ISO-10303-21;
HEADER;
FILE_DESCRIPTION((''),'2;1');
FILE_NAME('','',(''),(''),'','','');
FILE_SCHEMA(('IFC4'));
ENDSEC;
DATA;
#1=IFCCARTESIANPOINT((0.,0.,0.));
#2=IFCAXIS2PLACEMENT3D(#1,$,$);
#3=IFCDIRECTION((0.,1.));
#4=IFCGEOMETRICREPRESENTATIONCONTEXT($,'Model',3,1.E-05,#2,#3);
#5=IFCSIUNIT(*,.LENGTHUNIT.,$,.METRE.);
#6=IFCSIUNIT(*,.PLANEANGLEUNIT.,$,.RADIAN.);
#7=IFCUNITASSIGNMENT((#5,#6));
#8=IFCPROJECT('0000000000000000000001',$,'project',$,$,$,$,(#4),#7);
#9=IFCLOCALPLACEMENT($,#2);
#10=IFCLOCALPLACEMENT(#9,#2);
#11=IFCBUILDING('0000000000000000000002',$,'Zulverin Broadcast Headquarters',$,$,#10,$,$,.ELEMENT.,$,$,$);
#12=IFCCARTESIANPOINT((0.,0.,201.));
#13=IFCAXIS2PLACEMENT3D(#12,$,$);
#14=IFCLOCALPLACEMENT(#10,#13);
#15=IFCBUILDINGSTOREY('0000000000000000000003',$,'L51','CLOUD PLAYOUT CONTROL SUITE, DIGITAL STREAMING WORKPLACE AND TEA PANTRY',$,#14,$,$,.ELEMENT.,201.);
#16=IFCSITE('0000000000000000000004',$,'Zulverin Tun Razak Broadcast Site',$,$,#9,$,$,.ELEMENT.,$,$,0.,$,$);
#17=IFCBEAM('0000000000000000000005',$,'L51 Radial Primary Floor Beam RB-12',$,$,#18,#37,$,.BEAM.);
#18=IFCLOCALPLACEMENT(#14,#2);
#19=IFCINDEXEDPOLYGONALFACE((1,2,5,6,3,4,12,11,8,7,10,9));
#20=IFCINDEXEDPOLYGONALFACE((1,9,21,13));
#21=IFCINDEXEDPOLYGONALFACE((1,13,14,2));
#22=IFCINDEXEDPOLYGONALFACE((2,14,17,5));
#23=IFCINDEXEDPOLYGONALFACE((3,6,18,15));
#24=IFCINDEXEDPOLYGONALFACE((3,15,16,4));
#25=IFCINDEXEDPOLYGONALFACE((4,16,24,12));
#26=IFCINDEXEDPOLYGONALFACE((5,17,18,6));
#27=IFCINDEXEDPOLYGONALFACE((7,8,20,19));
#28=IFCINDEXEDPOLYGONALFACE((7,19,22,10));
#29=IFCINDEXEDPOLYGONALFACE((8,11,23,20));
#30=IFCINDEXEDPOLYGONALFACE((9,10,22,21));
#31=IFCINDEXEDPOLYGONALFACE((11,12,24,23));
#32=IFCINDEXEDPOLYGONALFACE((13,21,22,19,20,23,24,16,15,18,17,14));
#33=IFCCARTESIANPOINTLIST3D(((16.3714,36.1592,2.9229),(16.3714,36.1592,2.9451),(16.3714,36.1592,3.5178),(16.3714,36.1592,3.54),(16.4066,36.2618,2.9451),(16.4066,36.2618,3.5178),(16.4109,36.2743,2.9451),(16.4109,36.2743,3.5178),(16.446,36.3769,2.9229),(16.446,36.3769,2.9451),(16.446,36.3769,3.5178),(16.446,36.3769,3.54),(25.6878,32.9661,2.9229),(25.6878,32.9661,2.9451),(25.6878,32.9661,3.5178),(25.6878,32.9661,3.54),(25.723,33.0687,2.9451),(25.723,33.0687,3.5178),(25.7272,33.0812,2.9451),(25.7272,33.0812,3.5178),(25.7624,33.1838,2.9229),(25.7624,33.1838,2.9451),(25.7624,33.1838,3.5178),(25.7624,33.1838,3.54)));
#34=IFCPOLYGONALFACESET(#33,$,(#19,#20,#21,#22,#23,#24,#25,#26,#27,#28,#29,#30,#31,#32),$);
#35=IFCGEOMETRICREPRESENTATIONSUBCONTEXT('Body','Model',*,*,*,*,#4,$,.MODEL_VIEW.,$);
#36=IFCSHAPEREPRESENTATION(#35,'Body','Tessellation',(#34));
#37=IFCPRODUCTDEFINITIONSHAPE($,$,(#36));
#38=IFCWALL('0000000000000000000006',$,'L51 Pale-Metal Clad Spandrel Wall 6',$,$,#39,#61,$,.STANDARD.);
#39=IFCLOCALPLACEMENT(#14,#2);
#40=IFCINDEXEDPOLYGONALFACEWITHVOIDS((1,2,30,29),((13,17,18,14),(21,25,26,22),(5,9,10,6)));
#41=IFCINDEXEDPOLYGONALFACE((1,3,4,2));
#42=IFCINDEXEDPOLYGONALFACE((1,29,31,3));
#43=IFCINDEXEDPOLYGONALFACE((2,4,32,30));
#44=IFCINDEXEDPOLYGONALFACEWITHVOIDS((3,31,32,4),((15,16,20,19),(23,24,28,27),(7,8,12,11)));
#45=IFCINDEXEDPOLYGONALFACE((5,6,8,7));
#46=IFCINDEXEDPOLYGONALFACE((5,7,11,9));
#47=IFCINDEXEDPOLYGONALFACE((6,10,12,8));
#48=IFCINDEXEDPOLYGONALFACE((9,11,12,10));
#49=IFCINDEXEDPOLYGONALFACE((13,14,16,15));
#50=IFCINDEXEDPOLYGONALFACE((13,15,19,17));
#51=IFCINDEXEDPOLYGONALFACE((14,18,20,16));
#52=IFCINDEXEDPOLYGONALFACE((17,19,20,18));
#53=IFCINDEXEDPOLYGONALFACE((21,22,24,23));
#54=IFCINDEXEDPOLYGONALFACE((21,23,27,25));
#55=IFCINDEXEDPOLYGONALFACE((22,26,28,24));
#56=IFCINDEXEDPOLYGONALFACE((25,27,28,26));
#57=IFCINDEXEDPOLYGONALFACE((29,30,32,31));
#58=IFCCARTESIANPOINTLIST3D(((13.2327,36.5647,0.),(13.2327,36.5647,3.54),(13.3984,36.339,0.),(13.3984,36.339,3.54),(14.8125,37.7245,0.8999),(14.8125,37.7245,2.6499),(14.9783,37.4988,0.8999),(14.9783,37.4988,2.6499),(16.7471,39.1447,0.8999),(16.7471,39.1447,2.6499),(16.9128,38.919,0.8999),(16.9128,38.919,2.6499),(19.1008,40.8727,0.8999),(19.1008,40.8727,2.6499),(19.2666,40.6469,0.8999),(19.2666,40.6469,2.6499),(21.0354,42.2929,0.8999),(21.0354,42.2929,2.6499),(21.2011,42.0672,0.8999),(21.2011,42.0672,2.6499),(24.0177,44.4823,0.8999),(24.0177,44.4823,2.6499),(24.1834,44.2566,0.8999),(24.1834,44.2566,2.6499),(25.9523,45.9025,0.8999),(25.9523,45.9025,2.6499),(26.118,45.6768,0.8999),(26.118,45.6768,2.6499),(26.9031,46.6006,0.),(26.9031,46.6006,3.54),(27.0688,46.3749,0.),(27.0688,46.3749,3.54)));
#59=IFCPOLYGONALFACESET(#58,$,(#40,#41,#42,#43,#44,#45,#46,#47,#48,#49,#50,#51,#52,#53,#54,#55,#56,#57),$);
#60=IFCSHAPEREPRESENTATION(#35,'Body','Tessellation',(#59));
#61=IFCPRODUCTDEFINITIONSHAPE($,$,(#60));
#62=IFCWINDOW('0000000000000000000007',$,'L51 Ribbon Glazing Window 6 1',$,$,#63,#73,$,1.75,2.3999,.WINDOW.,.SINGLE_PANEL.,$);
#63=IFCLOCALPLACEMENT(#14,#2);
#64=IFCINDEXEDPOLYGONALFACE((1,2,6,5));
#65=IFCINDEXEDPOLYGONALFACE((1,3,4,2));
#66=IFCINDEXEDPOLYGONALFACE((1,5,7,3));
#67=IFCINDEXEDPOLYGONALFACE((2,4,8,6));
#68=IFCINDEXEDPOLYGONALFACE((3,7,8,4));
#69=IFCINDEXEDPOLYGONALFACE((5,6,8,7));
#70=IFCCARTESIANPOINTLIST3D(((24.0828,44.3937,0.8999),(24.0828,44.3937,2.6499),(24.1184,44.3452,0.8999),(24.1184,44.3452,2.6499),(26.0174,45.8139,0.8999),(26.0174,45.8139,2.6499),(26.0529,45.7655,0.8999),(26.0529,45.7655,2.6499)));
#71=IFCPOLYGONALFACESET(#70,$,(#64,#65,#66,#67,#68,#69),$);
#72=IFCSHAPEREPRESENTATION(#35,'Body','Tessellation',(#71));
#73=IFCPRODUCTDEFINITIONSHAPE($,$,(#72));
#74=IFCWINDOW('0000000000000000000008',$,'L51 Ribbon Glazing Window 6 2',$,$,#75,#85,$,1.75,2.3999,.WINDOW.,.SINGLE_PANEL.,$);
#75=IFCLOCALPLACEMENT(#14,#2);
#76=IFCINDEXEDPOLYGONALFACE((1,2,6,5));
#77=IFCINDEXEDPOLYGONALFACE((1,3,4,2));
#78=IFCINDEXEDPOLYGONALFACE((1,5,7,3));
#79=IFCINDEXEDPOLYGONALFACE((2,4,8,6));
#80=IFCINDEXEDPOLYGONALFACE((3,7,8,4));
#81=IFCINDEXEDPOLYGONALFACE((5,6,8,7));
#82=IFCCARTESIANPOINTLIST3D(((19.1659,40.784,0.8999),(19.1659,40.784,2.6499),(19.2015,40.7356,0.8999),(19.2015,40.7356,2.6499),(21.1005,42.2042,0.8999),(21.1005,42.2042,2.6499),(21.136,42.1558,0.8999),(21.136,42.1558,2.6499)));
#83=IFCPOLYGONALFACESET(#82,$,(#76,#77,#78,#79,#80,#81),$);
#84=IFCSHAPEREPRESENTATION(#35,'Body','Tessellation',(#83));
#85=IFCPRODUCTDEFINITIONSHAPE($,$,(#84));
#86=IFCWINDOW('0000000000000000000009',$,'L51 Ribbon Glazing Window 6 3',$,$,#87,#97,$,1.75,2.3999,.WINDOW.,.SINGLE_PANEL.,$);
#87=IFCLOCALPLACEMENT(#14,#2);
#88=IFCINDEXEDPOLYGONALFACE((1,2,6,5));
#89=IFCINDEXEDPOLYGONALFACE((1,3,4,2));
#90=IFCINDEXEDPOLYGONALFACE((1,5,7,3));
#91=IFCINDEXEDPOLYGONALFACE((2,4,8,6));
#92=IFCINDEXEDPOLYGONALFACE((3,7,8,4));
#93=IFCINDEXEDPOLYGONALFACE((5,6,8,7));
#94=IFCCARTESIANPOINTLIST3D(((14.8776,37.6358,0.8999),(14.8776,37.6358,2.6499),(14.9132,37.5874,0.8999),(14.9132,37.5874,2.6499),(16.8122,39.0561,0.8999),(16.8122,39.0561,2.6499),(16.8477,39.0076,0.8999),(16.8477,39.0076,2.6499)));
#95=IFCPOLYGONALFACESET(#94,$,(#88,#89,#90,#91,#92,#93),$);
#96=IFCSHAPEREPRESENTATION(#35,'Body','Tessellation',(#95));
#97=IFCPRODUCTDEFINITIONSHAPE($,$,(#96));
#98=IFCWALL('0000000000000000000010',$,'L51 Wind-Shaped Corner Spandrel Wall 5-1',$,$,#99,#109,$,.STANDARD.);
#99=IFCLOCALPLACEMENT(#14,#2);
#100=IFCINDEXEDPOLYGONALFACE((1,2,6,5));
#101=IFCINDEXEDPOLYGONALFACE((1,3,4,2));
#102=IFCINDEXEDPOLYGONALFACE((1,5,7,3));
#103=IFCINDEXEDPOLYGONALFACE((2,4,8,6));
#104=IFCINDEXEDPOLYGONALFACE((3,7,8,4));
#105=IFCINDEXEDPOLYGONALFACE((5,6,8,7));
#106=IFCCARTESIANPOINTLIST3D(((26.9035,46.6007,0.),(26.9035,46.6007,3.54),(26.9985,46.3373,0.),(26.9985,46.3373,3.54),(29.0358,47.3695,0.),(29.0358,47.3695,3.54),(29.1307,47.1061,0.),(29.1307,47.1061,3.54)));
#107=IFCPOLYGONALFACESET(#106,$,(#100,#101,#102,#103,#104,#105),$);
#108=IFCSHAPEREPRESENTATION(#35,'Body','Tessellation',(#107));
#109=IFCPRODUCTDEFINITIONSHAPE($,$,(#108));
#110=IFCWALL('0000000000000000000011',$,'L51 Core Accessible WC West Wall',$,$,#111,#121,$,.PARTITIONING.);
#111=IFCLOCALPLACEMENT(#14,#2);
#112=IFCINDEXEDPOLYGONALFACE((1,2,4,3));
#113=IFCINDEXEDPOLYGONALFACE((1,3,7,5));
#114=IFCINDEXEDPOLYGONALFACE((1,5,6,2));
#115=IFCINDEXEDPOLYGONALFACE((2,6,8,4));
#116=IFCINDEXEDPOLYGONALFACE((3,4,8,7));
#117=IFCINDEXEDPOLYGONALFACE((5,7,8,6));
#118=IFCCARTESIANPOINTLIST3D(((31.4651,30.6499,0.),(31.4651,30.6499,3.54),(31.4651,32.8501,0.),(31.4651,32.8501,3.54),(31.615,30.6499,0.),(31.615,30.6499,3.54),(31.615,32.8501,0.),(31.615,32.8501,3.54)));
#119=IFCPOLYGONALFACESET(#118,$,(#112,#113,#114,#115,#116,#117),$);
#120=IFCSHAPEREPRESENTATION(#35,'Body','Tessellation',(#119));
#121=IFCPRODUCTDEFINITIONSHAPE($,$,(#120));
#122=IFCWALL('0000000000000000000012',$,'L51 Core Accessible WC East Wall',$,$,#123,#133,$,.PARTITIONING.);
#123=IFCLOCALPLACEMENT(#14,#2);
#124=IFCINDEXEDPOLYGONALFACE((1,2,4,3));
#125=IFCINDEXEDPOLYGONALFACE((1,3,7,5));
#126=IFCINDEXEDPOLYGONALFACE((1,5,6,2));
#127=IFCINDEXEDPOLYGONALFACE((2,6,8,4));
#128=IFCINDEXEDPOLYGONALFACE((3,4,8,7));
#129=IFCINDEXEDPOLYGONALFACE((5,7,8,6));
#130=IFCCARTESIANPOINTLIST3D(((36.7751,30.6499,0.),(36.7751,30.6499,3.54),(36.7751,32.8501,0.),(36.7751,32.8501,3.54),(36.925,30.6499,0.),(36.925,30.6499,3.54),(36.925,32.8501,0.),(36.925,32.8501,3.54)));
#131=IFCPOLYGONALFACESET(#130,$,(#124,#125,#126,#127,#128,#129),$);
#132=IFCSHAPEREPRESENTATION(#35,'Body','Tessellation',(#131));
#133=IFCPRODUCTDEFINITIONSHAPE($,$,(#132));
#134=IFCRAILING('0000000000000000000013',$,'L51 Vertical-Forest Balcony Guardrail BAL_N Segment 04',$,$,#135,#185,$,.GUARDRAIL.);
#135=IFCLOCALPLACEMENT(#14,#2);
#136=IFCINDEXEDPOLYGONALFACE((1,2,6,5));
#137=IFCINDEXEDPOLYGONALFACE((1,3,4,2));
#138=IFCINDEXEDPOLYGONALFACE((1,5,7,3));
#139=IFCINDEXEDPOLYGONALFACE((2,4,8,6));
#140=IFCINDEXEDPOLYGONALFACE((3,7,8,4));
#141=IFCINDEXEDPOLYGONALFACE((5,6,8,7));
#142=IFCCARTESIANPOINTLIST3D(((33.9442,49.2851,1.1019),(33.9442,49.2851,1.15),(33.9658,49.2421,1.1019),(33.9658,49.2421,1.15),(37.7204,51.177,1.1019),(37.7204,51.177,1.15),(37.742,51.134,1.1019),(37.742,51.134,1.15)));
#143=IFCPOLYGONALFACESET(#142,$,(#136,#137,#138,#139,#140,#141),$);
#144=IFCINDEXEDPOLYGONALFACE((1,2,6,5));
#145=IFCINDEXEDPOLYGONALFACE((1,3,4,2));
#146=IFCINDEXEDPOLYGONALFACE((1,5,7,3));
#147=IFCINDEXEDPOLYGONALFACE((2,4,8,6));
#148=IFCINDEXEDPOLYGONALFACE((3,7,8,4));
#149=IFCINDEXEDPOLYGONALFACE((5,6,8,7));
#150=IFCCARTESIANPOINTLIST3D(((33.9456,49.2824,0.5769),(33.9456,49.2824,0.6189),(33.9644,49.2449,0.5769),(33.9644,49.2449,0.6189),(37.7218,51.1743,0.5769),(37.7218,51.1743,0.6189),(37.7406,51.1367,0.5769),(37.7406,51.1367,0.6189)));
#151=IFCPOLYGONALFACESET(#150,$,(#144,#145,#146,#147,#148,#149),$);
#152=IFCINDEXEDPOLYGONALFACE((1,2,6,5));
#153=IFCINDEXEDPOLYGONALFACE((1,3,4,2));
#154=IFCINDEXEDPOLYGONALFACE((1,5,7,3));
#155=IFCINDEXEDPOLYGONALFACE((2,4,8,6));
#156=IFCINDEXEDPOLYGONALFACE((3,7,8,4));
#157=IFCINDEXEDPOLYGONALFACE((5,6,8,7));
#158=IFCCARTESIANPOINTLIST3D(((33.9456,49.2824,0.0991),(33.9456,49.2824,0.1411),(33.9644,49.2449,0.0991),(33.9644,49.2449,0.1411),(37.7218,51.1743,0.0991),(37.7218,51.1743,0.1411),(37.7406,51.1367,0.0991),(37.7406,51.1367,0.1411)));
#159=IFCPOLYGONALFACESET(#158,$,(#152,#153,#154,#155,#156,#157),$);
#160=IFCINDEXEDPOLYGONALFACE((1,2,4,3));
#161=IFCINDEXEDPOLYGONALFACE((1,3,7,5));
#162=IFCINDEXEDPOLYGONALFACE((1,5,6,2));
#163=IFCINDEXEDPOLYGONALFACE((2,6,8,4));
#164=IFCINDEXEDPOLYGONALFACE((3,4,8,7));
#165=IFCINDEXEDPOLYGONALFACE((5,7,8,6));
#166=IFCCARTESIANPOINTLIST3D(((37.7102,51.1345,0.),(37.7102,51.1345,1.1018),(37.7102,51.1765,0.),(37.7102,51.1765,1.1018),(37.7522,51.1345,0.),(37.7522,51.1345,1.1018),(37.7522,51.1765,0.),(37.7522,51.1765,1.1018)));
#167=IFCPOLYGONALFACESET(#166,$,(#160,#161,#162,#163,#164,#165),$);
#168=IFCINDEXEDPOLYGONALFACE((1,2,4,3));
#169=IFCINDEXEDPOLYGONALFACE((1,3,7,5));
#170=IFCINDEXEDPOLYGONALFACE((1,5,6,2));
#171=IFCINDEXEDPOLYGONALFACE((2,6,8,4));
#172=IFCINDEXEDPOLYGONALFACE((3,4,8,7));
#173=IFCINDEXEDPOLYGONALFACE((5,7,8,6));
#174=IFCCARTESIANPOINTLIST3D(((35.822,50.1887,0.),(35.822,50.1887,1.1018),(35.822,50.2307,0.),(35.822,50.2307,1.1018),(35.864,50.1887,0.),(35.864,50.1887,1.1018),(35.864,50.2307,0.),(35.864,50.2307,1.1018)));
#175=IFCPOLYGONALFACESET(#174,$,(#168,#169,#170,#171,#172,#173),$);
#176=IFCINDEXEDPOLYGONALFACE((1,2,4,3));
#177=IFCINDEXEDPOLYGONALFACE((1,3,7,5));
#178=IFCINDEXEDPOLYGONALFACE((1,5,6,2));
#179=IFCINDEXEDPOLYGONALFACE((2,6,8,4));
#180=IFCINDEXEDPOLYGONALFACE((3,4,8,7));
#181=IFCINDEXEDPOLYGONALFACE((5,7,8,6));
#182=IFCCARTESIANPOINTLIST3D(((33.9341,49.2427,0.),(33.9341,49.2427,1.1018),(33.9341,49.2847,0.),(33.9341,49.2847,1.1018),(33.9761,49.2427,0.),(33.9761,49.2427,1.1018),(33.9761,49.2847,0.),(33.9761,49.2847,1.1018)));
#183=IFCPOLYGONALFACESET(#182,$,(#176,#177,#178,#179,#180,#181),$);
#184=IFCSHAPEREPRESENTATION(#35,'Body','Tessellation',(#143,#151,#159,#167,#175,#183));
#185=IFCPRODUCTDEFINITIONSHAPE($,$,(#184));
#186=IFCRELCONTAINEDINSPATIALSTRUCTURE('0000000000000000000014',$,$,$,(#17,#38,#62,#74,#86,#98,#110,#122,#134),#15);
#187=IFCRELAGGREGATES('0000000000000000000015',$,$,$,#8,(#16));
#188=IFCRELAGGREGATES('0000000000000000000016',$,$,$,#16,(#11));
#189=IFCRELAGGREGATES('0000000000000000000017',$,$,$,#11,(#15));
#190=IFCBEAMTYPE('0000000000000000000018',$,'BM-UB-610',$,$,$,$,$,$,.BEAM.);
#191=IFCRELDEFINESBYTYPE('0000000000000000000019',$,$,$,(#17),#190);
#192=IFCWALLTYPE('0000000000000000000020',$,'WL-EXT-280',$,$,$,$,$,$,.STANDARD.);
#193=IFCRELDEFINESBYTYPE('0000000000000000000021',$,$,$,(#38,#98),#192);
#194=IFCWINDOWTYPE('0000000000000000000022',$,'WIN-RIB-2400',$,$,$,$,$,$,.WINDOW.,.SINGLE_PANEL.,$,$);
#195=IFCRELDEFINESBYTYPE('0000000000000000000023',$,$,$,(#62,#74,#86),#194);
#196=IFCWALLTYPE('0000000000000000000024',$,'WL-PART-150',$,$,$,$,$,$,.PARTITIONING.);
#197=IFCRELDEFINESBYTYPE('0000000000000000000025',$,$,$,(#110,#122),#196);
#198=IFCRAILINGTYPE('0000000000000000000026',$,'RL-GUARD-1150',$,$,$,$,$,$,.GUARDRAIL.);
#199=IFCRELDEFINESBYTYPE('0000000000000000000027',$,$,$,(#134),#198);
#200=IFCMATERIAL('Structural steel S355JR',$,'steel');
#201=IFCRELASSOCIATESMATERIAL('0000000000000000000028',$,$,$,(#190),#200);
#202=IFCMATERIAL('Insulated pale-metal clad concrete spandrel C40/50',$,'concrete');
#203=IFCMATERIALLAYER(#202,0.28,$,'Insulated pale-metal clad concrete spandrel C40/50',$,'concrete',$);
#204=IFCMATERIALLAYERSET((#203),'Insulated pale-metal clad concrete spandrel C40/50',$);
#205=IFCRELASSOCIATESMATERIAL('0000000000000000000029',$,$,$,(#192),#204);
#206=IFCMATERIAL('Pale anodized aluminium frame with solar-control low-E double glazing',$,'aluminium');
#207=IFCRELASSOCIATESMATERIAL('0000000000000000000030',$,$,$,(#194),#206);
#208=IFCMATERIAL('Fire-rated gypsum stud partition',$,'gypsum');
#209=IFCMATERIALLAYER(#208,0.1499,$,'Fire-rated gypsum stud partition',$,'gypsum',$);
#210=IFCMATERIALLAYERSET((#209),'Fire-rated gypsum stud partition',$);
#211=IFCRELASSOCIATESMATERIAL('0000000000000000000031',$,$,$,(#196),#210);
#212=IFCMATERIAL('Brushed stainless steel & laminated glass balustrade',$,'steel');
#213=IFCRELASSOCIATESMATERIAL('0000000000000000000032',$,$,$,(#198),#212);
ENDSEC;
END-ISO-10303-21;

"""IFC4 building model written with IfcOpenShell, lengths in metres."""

from ifc_helpers import new_model, si_unit, direction, frame, frame_2d, origin, origin_2d, place, context, subcontext, project, spatial, rectangle, i_section, extrude, material, layer, layer_set, material_profile, profile_set, type_object, element, fill, save


model = new_model("IFC4")

# Units and contexts
model_context = context("Model", 3, precision=1e-05, world=origin(), true_north=direction((0.0, 1.0)))
body_context = subcontext(model_context, "Body", "Model", "MODEL_VIEW")
ifc_project = project(units=[si_unit("LENGTHUNIT", "METRE"), si_unit("PLANEANGLEUNIT", "RADIAN")], contexts=[model_context])

# Site, building, storey
site_placement = place(None, origin())
site = spatial("IfcSite", under=ifc_project, at=site_placement, Name="Zulverin Tun Razak Broadcast Site", CompositionType="ELEMENT", RefElevation=0.0)
building_placement = place(site_placement, origin())
building = spatial("IfcBuilding", under=site, at=building_placement, Name="Zulverin Broadcast Headquarters", CompositionType="ELEMENT")
storey_placement = place(building_placement, frame((0.0, 0.0, 201.0)))
storey = spatial("IfcBuildingStorey", under=building, at=storey_placement, Name="L51", Description="CLOUD PLAYOUT CONTROL SUITE, DIGITAL STREAMING WORKPLACE AND TEA PANTRY", CompositionType="ELEMENT", Elevation=201.0)

# Beam
ifc_material_1 = material(Name="Structural steel S355JR", Category="steel")
ifc_material_profile_1 = material_profile(ifc_material_1, i_section(OverallWidth=0.2302, OverallDepth=0.6172, WebThickness=0.0132, FlangeThickness=0.0222, at=origin_2d()), Name="Structural steel S355JR", Category="steel")
ifc_profile_set_1 = profile_set([ifc_material_profile_1], Name="Structural steel S355JR")
beam_type_1 = type_object("IfcBeamType", Name="BM-UB-610", PredefinedType="BEAM", material=ifc_profile_set_1)
beam_1_placement = place(storey_placement, frame((25.7251, 33.075, 3.2314), z_axis=(-0.94598, 0.324226, 0.0), x_axis=(-0.324226, -0.94598, 0.0)))
element("IfcBeam", 1, at=beam_1_placement, inside=storey, type_object=beam_type_1, Name="L51 Radial Primary Floor Beam RB-12", PredefinedType="BEAM", context=body_context, shape_type="SweptSolid", body=[
    extrude(i_section(OverallWidth=0.2302, OverallDepth=0.6172, WebThickness=0.0132, FlangeThickness=0.0222, at=origin_2d()), origin(), (0.0, 0.0, 1.0), 9.8484),
])

# Wall, openings, windows
ifc_material_2 = material(Name="Insulated pale-metal clad concrete spandrel C40/50", Category="concrete")
ifc_layer_1 = layer(ifc_material_2, 0.28, Name="Insulated pale-metal clad concrete spandrel C40/50", Category="concrete")
ifc_layer_set_1 = layer_set([ifc_layer_1], Name="Insulated pale-metal clad concrete spandrel C40/50")
wall_type_1 = type_object("IfcWallType", Name="WL-EXT-280", PredefinedType="STANDARD", material=ifc_layer_set_1)
wall_1_placement = place(storey_placement, frame((26.9861, 46.4878, 0.0), z_axis=(0.0, 0.0, 1.0), x_axis=(-0.806098, -0.591782, 0.0)))
wall_1 = element("IfcWall", 2, at=wall_1_placement, inside=storey, type_object=wall_type_1, Name="L51 Pale-Metal Clad Spandrel Wall 6", PredefinedType="STANDARD", context=body_context, shape_type="SweptSolid", body=[
    extrude(rectangle(XDim=16.9587, YDim=0.28, at=frame_2d((8.4795, 0.0))), origin(), (0.0, 0.0, 1.0), 3.54),
])
opening_1_placement = place(wall_1_placement, frame((1.1797, 0.0, 0.8999)))
opening_1 = element("IfcOpeningElement", 3, at=opening_1_placement, cuts=wall_1, PredefinedType="OPENING", context=body_context, shape_type="SweptSolid", body=[
    extrude(rectangle(XDim=2.3999, YDim=1.75, at=frame_2d((1.2, 0.875))), frame((0.0, 0.1499, 0.0), z_axis=(0.0, -1.0, 0.0), x_axis=(1.0, 0.0, 0.0)), (0.0, 0.0, 1.0), 0.3),
])
opening_2_placement = place(wall_1_placement, frame((7.2793, 0.0, 0.8999)))
opening_2 = element("IfcOpeningElement", 4, at=opening_2_placement, cuts=wall_1, PredefinedType="OPENING", context=body_context, shape_type="SweptSolid", body=[
    extrude(rectangle(XDim=2.3999, YDim=1.75, at=frame_2d((1.2, 0.875))), frame((0.0, 0.1499, 0.0), z_axis=(0.0, -1.0, 0.0), x_axis=(1.0, 0.0, 0.0)), (0.0, 0.0, 1.0), 0.3),
])
opening_3_placement = place(wall_1_placement, frame((12.5991, 0.0, 0.8999)))
opening_3 = element("IfcOpeningElement", 5, at=opening_3_placement, cuts=wall_1, PredefinedType="OPENING", context=body_context, shape_type="SweptSolid", body=[
    extrude(rectangle(XDim=2.3999, YDim=1.75, at=frame_2d((1.2, 0.875))), frame((0.0, 0.1499, 0.0), z_axis=(0.0, -1.0, 0.0), x_axis=(1.0, 0.0, 0.0)), (0.0, 0.0, 1.0), 0.3),
])
ifc_material_3 = material(Name="Pale anodized aluminium frame with solar-control low-E double glazing", Category="aluminium")
window_type = type_object("IfcWindowType", Name="WIN-RIB-2400", PartitioningType="SINGLE_PANEL", PredefinedType="WINDOW", material=ifc_material_3)
window_1_placement = place(opening_1_placement, origin())
window_1 = element("IfcWindow", 6, at=window_1_placement, inside=storey, type_object=window_type, Name="L51 Ribbon Glazing Window 6 1", OverallHeight=1.75, OverallWidth=2.3999, PartitioningType="SINGLE_PANEL", PredefinedType="WINDOW", context=body_context, shape_type="SweptSolid", body=[
    extrude(rectangle(XDim=2.3999, YDim=1.75, at=frame_2d((1.2, 0.875))), frame((0.0, 0.03, 0.0), z_axis=(0.0, -1.0, 0.0), x_axis=(1.0, 0.0, 0.0)), (0.0, 0.0, 1.0), 0.0601),
])
fill(opening_1, window_1)
window_2_placement = place(opening_2_placement, origin())
window_2 = element("IfcWindow", 7, at=window_2_placement, inside=storey, type_object=window_type, Name="L51 Ribbon Glazing Window 6 2", OverallHeight=1.75, OverallWidth=2.3999, PartitioningType="SINGLE_PANEL", PredefinedType="WINDOW", context=body_context, shape_type="SweptSolid", body=[
    extrude(rectangle(XDim=2.3999, YDim=1.75, at=frame_2d((1.2, 0.875))), frame((0.0, 0.03, 0.0), z_axis=(0.0, -1.0, 0.0), x_axis=(1.0, 0.0, 0.0)), (0.0, 0.0, 1.0), 0.0601),
])
fill(opening_2, window_2)
window_3_placement = place(opening_3_placement, origin())
window_3 = element("IfcWindow", 8, at=window_3_placement, inside=storey, type_object=window_type, Name="L51 Ribbon Glazing Window 6 3", OverallHeight=1.75, OverallWidth=2.3999, PartitioningType="SINGLE_PANEL", PredefinedType="WINDOW", context=body_context, shape_type="SweptSolid", body=[
    extrude(rectangle(XDim=2.3999, YDim=1.75, at=frame_2d((1.2, 0.875))), frame((0.0, 0.03, 0.0), z_axis=(0.0, -1.0, 0.0), x_axis=(1.0, 0.0, 0.0)), (0.0, 0.0, 1.0), 0.0601),
])
fill(opening_3, window_3)

# Walls
wall_2_placement = place(storey_placement, frame((29.0833, 47.2378, 0.0), z_axis=(0.0, 0.0, 1.0), x_axis=(-0.940724, -0.339173, 0.0)))
element("IfcWall", 9, at=wall_2_placement, inside=storey, type_object=wall_type_1, Name="L51 Wind-Shaped Corner Spandrel Wall 5-1", PredefinedType="STANDARD", context=body_context, shape_type="SweptSolid", body=[
    extrude(rectangle(XDim=2.2666, YDim=0.28, at=frame_2d((1.1333, 0.0))), origin(), (0.0, 0.0, 1.0), 3.54),
])
ifc_material_4 = material(Name="Fire-rated gypsum stud partition", Category="gypsum")
ifc_layer_2 = layer(ifc_material_4, 0.1499, Name="Fire-rated gypsum stud partition", Category="gypsum")
ifc_layer_set_2 = layer_set([ifc_layer_2], Name="Fire-rated gypsum stud partition")
wall_type_2 = type_object("IfcWallType", Name="WL-PART-150", PredefinedType="PARTITIONING", material=ifc_layer_set_2)
for number, where, z_axis, x_axis, name in (
    (10, (31.54, 30.6499, 0.0), (0.0, 0.0, 1.0), (0.0, 1.0, 0.0), "L51 Core Accessible WC West Wall"),
    (11, (36.8501, 30.6499, 0.0), (0.0, 0.0, 1.0), (0.0, 1.0, 0.0), "L51 Core Accessible WC East Wall"),
):
    element("IfcWall", number, at=place(storey_placement, frame(where, z_axis=z_axis, x_axis=x_axis)), inside=storey, type_object=wall_type_2, Name=name, PredefinedType="PARTITIONING", context=body_context, shape_type="SweptSolid", body=[
        extrude(rectangle(XDim=2.2002, YDim=0.1499, at=frame_2d((1.1001, 0.0))), origin(), (0.0, 0.0, 1.0), 3.54),
    ])

# Railing
ifc_material_5 = material(Name="Brushed stainless steel & laminated glass balustrade", Category="steel")
railing_type = type_object("IfcRailingType", Name="RL-GUARD-1150", PredefinedType="GUARDRAIL", material=ifc_material_5)
railing_1_placement = place(storey_placement, frame((37.7312, 51.1555, 0.0)))
element("IfcRailing", 12, at=railing_1_placement, inside=storey, type_object=railing_type, Name="L51 Vertical-Forest Balcony Guardrail BAL_N Segment 04", PredefinedType="GUARDRAIL", context=body_context, shape_type="SweptSolid", body=[
    extrude(rectangle(XDim=0.0481, YDim=0.0481, at=origin_2d()), frame((0.0, 0.0, 1.126), z_axis=(-0.894069, -0.44793, 0.0), x_axis=(0.44793, -0.894069, 0.0)), (0.0, 0.0, 1.0), 4.2236),
    extrude(rectangle(XDim=0.042, YDim=0.042, at=origin_2d()), frame((0.0, 0.0, 0.5979), z_axis=(-0.894069, -0.44793, 0.0), x_axis=(0.44793, -0.894069, 0.0)), (0.0, 0.0, 1.0), 4.2236),
    extrude(rectangle(XDim=0.042, YDim=0.042, at=origin_2d()), frame((0.0, 0.0, 0.1201), z_axis=(-0.894069, -0.44793, 0.0), x_axis=(0.44793, -0.894069, 0.0)), (0.0, 0.0, 1.0), 4.2236),
    extrude(rectangle(XDim=0.042, YDim=0.042, at=origin_2d()), origin(), (0.0, 0.0, 1.0), 1.1018),
    extrude(rectangle(XDim=0.042, YDim=0.042, at=origin_2d()), frame((-1.8882, -0.9458, 0.0)), (0.0, 0.0, 1.0), 1.1018),
    extrude(rectangle(XDim=0.042, YDim=0.042, at=origin_2d()), frame((-3.7761, -1.8918, 0.0)), (0.0, 0.0, 1.0), 1.1018),
])

save(model, "model.ifc")
